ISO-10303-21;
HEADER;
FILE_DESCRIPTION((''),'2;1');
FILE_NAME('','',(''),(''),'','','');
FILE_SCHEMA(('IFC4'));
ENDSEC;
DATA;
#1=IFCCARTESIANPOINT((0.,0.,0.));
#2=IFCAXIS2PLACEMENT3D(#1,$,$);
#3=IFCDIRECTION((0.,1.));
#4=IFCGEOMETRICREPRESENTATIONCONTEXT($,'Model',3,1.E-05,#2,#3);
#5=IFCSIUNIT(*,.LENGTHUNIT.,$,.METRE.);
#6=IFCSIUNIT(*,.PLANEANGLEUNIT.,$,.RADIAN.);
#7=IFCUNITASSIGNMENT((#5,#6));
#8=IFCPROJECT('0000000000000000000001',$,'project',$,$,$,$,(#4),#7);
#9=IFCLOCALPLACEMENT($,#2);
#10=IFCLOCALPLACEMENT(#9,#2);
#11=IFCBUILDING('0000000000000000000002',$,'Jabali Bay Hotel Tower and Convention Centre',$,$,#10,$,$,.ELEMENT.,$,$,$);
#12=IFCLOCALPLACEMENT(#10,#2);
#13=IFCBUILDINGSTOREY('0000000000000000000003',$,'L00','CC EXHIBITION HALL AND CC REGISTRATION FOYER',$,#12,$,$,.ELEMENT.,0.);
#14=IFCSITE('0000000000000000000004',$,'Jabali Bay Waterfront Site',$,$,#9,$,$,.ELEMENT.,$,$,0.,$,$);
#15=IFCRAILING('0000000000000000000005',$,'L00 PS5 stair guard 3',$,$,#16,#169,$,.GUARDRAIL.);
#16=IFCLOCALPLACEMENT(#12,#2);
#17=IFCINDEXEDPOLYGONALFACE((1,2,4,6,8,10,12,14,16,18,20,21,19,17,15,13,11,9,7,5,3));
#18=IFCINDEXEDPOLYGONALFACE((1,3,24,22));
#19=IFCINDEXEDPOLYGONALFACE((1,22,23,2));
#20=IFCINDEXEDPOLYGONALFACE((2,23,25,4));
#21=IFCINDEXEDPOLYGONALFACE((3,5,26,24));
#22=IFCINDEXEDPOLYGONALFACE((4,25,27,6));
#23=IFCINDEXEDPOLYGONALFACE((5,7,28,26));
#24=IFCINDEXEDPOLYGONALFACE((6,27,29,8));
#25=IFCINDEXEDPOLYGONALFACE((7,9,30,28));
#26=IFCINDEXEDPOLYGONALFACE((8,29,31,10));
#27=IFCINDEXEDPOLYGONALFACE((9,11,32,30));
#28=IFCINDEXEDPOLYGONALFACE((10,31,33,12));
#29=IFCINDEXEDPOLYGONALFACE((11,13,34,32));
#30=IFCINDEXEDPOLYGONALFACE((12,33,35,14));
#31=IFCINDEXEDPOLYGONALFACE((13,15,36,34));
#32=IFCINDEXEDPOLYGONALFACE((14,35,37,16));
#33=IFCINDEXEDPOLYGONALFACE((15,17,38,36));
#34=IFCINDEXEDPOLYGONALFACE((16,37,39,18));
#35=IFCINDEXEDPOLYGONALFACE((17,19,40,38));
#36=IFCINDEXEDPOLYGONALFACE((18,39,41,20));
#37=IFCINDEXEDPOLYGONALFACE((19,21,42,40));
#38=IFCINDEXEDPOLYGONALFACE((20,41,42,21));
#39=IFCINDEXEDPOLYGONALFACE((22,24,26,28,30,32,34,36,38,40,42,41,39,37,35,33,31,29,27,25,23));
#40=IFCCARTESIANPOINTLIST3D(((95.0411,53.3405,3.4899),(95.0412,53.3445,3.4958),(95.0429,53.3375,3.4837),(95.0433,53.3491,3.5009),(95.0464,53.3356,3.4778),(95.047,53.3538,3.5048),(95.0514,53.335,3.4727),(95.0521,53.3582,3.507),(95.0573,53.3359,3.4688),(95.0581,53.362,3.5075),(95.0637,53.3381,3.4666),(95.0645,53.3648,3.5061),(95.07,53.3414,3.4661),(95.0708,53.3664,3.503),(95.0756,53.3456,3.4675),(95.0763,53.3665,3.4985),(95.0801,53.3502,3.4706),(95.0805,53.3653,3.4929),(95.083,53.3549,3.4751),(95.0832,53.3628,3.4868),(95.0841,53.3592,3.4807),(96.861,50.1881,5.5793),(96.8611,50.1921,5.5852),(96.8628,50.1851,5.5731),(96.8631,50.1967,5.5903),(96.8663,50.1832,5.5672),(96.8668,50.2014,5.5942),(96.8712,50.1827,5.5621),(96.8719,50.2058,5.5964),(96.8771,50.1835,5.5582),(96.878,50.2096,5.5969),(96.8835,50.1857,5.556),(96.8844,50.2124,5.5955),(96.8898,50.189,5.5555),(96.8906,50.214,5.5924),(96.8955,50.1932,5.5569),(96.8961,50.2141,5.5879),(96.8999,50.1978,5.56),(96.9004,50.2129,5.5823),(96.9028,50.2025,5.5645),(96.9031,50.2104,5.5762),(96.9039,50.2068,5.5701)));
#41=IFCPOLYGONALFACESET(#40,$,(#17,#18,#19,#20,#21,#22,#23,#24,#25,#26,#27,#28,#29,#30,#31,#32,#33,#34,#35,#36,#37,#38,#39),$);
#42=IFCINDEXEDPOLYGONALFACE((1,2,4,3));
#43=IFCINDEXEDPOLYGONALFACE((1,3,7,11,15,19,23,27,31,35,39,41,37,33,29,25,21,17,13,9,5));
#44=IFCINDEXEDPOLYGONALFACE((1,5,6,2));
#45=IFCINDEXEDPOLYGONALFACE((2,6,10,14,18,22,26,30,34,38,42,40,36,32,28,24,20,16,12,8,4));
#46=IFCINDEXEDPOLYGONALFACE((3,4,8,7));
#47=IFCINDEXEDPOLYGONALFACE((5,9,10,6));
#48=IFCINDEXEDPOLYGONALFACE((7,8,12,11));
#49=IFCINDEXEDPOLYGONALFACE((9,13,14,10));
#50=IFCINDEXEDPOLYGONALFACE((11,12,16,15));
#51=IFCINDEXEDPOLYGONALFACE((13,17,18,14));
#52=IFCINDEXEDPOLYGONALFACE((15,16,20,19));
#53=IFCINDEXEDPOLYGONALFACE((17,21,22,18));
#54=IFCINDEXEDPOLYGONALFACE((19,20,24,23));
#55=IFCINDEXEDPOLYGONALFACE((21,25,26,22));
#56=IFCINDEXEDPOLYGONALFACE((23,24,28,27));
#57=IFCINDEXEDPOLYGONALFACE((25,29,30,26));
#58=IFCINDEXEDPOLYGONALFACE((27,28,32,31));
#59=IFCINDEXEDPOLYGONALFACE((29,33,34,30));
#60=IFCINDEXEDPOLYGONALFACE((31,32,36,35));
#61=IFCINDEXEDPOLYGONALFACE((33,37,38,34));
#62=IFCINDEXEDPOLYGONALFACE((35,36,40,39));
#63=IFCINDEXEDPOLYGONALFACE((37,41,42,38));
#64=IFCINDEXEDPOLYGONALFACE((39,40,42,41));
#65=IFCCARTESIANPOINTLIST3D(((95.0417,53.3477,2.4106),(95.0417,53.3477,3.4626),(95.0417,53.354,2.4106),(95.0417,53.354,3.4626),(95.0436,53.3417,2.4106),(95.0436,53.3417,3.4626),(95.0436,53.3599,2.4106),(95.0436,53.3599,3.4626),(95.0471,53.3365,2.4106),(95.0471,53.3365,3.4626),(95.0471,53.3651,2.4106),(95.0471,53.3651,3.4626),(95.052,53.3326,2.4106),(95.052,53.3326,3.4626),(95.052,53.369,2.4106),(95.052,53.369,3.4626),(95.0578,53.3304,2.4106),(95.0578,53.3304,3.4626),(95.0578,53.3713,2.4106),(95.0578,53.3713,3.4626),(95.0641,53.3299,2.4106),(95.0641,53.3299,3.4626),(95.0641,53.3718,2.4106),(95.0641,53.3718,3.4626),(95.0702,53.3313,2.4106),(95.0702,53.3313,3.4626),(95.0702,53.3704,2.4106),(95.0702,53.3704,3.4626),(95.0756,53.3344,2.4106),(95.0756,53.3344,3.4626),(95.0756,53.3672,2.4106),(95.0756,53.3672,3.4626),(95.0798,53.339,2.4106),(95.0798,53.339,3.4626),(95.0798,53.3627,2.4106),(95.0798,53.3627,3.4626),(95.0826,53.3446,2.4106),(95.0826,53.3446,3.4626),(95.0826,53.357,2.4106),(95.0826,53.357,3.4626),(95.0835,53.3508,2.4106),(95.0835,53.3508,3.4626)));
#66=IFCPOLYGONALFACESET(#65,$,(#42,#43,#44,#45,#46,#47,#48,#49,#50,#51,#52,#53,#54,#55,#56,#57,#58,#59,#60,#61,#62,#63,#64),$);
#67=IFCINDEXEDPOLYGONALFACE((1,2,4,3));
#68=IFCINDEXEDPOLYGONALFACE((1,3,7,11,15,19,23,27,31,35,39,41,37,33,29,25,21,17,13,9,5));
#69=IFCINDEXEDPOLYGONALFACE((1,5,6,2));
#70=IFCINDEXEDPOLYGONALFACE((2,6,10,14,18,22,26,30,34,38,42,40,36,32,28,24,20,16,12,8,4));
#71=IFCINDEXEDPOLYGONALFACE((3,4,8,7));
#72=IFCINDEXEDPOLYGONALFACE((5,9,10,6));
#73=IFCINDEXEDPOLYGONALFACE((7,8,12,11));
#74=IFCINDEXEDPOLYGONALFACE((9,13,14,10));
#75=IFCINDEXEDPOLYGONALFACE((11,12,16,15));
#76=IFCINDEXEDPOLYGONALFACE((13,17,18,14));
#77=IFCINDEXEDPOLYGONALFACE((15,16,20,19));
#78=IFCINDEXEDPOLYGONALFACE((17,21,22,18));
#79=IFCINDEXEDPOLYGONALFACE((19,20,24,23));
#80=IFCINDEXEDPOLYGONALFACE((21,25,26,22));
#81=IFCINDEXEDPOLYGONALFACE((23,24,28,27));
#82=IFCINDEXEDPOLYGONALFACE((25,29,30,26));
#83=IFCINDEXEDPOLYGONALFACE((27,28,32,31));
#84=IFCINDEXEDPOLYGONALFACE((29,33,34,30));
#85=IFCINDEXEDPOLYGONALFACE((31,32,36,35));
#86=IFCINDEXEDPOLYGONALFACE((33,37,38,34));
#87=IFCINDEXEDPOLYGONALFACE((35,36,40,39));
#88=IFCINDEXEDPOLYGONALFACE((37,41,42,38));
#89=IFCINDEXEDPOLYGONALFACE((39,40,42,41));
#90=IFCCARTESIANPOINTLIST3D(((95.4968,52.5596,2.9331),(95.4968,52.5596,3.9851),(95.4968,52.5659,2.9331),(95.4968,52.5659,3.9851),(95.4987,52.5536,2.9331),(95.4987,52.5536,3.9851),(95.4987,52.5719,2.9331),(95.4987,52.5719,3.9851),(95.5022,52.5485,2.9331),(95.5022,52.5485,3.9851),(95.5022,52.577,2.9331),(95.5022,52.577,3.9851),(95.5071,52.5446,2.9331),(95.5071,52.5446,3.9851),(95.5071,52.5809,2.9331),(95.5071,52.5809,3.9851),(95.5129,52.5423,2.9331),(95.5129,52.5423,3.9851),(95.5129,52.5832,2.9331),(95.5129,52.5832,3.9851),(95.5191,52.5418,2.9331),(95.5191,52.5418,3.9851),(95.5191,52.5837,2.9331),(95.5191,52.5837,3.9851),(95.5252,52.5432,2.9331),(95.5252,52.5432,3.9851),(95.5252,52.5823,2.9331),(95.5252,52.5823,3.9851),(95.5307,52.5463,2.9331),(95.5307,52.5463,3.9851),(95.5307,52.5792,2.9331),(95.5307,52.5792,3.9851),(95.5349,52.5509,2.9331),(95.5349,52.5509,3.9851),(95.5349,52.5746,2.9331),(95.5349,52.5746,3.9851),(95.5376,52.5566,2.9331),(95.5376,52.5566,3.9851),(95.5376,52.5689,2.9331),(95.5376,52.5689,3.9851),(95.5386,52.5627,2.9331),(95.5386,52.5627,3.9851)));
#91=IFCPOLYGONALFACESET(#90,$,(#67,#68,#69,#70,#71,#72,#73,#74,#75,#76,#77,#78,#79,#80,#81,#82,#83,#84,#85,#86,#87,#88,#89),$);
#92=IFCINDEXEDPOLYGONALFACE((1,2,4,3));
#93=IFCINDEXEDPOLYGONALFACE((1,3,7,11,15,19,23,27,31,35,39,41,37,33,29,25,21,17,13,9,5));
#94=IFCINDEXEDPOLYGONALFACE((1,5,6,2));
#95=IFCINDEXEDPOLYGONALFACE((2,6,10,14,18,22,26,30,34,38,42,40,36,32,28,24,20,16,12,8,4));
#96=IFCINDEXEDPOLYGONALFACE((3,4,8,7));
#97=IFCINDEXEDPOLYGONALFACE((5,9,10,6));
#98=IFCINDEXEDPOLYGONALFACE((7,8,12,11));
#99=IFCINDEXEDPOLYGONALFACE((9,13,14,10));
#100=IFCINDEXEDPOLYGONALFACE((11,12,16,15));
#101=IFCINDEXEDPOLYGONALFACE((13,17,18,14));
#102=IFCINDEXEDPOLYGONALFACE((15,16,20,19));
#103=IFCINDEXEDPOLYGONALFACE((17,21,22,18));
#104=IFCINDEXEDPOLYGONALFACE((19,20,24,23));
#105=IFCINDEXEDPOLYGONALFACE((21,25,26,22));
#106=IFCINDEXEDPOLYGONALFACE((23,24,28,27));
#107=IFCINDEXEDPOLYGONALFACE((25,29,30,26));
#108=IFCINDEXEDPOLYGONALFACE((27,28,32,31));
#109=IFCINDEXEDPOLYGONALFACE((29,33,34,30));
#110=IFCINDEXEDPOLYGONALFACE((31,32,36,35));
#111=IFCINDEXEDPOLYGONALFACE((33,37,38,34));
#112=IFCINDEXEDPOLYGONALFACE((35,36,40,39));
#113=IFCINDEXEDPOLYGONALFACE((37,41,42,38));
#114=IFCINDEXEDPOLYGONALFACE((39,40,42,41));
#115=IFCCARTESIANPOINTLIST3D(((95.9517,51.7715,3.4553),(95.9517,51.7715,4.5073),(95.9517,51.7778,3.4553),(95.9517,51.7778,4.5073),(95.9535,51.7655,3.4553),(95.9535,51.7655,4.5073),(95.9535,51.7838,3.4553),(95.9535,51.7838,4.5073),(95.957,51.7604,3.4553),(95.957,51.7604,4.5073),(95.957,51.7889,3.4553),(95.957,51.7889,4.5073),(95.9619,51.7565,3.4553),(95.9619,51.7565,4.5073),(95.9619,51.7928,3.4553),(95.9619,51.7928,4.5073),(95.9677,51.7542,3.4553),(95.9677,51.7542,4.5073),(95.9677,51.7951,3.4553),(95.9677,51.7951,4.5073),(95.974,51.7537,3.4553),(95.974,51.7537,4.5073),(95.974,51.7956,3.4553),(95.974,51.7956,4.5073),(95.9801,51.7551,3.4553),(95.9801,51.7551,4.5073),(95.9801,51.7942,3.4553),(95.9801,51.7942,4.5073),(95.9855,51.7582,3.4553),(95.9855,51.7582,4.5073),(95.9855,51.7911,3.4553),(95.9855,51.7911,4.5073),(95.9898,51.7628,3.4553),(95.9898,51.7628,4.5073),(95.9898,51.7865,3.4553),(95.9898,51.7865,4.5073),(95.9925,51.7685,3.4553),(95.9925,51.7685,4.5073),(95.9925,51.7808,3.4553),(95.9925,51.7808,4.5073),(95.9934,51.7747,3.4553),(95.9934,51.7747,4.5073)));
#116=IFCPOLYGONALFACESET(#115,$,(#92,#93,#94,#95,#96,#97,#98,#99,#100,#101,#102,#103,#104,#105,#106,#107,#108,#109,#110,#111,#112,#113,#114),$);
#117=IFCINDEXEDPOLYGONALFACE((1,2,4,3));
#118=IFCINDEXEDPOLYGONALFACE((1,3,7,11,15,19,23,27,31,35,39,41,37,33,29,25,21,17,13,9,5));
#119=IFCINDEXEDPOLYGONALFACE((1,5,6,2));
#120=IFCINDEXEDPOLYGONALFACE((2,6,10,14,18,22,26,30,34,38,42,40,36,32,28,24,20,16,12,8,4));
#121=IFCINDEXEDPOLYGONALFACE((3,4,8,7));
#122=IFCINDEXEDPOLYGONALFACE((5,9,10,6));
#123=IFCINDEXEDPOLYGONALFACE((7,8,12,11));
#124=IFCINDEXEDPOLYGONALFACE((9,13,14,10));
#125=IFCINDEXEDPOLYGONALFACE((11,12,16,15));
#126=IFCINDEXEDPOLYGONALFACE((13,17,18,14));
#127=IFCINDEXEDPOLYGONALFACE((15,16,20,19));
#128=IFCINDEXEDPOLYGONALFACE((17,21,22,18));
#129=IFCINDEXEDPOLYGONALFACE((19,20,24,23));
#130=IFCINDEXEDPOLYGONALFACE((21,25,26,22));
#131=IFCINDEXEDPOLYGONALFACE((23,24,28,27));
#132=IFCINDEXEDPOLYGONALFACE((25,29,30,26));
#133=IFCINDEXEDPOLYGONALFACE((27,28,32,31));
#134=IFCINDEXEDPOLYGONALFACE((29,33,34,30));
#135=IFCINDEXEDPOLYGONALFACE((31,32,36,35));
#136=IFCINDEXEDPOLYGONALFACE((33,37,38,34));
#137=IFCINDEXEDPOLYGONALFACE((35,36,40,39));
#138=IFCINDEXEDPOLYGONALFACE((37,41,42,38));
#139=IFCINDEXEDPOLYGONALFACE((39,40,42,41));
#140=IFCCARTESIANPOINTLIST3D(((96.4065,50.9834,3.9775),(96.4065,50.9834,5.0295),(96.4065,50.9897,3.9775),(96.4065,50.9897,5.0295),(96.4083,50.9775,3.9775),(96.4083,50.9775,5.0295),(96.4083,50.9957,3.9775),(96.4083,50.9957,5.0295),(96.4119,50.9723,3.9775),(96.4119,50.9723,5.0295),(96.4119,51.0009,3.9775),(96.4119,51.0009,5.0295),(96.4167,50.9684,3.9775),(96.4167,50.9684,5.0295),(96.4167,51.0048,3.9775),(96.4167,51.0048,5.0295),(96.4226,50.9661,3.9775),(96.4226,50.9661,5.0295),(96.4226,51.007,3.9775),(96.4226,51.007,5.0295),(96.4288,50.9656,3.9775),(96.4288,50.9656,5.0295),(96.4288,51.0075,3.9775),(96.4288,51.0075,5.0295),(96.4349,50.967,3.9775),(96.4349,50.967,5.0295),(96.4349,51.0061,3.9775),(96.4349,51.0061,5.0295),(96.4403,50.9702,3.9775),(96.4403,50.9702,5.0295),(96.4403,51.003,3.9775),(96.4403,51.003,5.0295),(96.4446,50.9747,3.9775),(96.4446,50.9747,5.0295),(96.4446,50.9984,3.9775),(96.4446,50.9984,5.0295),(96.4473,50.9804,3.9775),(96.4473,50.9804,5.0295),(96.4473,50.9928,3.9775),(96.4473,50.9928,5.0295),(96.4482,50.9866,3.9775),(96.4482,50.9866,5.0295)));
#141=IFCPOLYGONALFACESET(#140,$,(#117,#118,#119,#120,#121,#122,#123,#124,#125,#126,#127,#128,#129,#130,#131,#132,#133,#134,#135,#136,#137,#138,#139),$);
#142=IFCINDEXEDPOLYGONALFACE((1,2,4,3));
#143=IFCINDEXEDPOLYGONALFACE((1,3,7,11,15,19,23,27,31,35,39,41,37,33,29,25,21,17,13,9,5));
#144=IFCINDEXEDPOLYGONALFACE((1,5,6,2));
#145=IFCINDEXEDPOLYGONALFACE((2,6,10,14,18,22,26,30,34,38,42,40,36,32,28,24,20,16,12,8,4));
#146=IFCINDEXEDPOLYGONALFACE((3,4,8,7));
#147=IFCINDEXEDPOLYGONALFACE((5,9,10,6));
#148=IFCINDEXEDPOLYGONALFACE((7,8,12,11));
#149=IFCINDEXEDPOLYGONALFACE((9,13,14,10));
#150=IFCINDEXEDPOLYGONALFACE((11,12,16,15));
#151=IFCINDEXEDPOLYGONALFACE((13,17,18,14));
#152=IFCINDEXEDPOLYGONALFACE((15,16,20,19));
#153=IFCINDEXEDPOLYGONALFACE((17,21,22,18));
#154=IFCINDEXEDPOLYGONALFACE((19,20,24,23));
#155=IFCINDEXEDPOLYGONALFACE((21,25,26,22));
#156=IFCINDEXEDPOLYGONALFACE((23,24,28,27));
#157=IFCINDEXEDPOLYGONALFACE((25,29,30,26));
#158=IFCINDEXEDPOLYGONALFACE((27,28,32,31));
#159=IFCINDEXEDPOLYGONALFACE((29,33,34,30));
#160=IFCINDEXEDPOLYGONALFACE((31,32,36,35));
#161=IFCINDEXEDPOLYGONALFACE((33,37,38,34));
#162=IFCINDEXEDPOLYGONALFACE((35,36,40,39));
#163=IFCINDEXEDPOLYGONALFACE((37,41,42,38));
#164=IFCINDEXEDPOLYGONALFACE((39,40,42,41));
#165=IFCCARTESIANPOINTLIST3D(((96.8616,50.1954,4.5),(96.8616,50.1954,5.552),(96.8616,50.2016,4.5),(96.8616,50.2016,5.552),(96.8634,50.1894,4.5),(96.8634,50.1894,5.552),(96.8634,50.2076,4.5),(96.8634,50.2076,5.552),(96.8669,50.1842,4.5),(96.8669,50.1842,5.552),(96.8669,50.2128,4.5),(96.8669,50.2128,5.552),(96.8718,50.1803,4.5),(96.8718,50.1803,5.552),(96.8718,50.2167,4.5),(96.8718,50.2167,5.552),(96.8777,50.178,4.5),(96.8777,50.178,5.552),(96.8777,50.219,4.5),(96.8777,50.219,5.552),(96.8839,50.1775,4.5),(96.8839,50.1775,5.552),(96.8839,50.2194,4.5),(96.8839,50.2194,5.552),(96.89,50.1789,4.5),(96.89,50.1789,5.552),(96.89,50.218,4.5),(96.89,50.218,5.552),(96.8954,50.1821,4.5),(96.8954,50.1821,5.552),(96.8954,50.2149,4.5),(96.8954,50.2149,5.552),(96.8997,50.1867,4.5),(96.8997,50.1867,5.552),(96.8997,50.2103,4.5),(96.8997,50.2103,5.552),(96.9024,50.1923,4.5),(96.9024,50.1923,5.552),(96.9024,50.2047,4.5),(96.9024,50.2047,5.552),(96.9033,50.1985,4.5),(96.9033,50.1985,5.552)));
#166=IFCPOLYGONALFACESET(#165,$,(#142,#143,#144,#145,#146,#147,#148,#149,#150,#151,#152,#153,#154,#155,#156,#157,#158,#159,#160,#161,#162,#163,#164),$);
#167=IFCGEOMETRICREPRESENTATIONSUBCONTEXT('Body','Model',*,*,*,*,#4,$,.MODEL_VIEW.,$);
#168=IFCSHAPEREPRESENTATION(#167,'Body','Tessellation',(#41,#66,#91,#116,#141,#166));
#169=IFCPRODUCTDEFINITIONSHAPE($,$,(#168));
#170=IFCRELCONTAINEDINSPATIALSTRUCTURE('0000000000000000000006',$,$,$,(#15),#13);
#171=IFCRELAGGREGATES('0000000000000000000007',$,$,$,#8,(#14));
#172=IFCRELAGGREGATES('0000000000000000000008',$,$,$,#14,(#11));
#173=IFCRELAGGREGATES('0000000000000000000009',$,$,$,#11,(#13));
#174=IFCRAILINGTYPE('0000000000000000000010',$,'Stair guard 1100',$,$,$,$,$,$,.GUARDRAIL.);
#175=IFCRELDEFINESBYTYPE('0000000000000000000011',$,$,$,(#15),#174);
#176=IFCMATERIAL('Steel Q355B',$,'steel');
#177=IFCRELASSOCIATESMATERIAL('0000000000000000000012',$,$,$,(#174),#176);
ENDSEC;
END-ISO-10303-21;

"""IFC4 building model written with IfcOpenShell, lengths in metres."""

from ifc_helpers import new_model, si_unit, direction, frame, origin, origin_2d, place, context, subcontext, project, spatial, circle, extrude, material, type_object, element, save


model = new_model("IFC4")

# Units and contexts
model_context = context("Model", 3, precision=1e-05, world=origin(), true_north=direction((0.0, 1.0)))
body_context = subcontext(model_context, "Body", "Model", "MODEL_VIEW")
ifc_project = project(units=[si_unit("LENGTHUNIT", "METRE"), si_unit("PLANEANGLEUNIT", "RADIAN")], contexts=[model_context])

# Site, building, storey
site_placement = place(None, origin())
site = spatial("IfcSite", under=ifc_project, at=site_placement, Name="Jabali Bay Waterfront Site", CompositionType="ELEMENT", RefElevation=0.0)
building_placement = place(site_placement, origin())
building = spatial("IfcBuilding", under=site, at=building_placement, Name="Jabali Bay Hotel Tower and Convention Centre", CompositionType="ELEMENT")
storey_placement = place(building_placement, origin())
storey = spatial("IfcBuildingStorey", under=building, at=storey_placement, Name="L00", Description="CC EXHIBITION HALL AND CC REGISTRATION FOYER", CompositionType="ELEMENT", Elevation=0.0)

# Railing
ifc_material_1 = material(Name="Steel Q355B", Category="steel")
railing_type_1 = type_object("IfcRailingType", Name="Stair guard 1100", PredefinedType="GUARDRAIL", material=ifc_material_1)
railing_1_placement = place(storey_placement, frame((95.0625, 53.3508, 2.4106)))
element("IfcRailing", 1, at=railing_1_placement, inside=storey, type_object=railing_type_1, Name="L00 PS5 stair guard 3", PredefinedType="GUARDRAIL", context=body_context, shape_type="SweptSolid", body=[
    extrude(circle(Radius=0.0239, at=origin_2d()), frame((0.0, 0.0, 1.0762), z_axis=(0.433606, -0.751102, 0.497826), x_axis=(0.866047, 0.499962, 0.0)), (0.0, 0.0, 1.0), 4.197),
    extrude(circle(Radius=0.021, at=origin_2d()), origin(), (0.0, 0.0, 1.0), 1.052),
    extrude(circle(Radius=0.021, at=origin_2d()), frame((0.4551, -0.7881, 0.5225)), (0.0, 0.0, 1.0), 1.052),
    extrude(circle(Radius=0.021, at=origin_2d()), frame((0.9099, -1.5762, 1.0447)), (0.0, 0.0, 1.0), 1.052),
    extrude(circle(Radius=0.021, at=origin_2d()), frame((1.3647, -2.3643, 1.5669)), (0.0, 0.0, 1.0), 1.052),
    extrude(circle(Radius=0.021, at=origin_2d()), frame((1.8198, -3.1523, 2.0894)), (0.0, 0.0, 1.0), 1.052),
])

save(model, "model.ifc")
